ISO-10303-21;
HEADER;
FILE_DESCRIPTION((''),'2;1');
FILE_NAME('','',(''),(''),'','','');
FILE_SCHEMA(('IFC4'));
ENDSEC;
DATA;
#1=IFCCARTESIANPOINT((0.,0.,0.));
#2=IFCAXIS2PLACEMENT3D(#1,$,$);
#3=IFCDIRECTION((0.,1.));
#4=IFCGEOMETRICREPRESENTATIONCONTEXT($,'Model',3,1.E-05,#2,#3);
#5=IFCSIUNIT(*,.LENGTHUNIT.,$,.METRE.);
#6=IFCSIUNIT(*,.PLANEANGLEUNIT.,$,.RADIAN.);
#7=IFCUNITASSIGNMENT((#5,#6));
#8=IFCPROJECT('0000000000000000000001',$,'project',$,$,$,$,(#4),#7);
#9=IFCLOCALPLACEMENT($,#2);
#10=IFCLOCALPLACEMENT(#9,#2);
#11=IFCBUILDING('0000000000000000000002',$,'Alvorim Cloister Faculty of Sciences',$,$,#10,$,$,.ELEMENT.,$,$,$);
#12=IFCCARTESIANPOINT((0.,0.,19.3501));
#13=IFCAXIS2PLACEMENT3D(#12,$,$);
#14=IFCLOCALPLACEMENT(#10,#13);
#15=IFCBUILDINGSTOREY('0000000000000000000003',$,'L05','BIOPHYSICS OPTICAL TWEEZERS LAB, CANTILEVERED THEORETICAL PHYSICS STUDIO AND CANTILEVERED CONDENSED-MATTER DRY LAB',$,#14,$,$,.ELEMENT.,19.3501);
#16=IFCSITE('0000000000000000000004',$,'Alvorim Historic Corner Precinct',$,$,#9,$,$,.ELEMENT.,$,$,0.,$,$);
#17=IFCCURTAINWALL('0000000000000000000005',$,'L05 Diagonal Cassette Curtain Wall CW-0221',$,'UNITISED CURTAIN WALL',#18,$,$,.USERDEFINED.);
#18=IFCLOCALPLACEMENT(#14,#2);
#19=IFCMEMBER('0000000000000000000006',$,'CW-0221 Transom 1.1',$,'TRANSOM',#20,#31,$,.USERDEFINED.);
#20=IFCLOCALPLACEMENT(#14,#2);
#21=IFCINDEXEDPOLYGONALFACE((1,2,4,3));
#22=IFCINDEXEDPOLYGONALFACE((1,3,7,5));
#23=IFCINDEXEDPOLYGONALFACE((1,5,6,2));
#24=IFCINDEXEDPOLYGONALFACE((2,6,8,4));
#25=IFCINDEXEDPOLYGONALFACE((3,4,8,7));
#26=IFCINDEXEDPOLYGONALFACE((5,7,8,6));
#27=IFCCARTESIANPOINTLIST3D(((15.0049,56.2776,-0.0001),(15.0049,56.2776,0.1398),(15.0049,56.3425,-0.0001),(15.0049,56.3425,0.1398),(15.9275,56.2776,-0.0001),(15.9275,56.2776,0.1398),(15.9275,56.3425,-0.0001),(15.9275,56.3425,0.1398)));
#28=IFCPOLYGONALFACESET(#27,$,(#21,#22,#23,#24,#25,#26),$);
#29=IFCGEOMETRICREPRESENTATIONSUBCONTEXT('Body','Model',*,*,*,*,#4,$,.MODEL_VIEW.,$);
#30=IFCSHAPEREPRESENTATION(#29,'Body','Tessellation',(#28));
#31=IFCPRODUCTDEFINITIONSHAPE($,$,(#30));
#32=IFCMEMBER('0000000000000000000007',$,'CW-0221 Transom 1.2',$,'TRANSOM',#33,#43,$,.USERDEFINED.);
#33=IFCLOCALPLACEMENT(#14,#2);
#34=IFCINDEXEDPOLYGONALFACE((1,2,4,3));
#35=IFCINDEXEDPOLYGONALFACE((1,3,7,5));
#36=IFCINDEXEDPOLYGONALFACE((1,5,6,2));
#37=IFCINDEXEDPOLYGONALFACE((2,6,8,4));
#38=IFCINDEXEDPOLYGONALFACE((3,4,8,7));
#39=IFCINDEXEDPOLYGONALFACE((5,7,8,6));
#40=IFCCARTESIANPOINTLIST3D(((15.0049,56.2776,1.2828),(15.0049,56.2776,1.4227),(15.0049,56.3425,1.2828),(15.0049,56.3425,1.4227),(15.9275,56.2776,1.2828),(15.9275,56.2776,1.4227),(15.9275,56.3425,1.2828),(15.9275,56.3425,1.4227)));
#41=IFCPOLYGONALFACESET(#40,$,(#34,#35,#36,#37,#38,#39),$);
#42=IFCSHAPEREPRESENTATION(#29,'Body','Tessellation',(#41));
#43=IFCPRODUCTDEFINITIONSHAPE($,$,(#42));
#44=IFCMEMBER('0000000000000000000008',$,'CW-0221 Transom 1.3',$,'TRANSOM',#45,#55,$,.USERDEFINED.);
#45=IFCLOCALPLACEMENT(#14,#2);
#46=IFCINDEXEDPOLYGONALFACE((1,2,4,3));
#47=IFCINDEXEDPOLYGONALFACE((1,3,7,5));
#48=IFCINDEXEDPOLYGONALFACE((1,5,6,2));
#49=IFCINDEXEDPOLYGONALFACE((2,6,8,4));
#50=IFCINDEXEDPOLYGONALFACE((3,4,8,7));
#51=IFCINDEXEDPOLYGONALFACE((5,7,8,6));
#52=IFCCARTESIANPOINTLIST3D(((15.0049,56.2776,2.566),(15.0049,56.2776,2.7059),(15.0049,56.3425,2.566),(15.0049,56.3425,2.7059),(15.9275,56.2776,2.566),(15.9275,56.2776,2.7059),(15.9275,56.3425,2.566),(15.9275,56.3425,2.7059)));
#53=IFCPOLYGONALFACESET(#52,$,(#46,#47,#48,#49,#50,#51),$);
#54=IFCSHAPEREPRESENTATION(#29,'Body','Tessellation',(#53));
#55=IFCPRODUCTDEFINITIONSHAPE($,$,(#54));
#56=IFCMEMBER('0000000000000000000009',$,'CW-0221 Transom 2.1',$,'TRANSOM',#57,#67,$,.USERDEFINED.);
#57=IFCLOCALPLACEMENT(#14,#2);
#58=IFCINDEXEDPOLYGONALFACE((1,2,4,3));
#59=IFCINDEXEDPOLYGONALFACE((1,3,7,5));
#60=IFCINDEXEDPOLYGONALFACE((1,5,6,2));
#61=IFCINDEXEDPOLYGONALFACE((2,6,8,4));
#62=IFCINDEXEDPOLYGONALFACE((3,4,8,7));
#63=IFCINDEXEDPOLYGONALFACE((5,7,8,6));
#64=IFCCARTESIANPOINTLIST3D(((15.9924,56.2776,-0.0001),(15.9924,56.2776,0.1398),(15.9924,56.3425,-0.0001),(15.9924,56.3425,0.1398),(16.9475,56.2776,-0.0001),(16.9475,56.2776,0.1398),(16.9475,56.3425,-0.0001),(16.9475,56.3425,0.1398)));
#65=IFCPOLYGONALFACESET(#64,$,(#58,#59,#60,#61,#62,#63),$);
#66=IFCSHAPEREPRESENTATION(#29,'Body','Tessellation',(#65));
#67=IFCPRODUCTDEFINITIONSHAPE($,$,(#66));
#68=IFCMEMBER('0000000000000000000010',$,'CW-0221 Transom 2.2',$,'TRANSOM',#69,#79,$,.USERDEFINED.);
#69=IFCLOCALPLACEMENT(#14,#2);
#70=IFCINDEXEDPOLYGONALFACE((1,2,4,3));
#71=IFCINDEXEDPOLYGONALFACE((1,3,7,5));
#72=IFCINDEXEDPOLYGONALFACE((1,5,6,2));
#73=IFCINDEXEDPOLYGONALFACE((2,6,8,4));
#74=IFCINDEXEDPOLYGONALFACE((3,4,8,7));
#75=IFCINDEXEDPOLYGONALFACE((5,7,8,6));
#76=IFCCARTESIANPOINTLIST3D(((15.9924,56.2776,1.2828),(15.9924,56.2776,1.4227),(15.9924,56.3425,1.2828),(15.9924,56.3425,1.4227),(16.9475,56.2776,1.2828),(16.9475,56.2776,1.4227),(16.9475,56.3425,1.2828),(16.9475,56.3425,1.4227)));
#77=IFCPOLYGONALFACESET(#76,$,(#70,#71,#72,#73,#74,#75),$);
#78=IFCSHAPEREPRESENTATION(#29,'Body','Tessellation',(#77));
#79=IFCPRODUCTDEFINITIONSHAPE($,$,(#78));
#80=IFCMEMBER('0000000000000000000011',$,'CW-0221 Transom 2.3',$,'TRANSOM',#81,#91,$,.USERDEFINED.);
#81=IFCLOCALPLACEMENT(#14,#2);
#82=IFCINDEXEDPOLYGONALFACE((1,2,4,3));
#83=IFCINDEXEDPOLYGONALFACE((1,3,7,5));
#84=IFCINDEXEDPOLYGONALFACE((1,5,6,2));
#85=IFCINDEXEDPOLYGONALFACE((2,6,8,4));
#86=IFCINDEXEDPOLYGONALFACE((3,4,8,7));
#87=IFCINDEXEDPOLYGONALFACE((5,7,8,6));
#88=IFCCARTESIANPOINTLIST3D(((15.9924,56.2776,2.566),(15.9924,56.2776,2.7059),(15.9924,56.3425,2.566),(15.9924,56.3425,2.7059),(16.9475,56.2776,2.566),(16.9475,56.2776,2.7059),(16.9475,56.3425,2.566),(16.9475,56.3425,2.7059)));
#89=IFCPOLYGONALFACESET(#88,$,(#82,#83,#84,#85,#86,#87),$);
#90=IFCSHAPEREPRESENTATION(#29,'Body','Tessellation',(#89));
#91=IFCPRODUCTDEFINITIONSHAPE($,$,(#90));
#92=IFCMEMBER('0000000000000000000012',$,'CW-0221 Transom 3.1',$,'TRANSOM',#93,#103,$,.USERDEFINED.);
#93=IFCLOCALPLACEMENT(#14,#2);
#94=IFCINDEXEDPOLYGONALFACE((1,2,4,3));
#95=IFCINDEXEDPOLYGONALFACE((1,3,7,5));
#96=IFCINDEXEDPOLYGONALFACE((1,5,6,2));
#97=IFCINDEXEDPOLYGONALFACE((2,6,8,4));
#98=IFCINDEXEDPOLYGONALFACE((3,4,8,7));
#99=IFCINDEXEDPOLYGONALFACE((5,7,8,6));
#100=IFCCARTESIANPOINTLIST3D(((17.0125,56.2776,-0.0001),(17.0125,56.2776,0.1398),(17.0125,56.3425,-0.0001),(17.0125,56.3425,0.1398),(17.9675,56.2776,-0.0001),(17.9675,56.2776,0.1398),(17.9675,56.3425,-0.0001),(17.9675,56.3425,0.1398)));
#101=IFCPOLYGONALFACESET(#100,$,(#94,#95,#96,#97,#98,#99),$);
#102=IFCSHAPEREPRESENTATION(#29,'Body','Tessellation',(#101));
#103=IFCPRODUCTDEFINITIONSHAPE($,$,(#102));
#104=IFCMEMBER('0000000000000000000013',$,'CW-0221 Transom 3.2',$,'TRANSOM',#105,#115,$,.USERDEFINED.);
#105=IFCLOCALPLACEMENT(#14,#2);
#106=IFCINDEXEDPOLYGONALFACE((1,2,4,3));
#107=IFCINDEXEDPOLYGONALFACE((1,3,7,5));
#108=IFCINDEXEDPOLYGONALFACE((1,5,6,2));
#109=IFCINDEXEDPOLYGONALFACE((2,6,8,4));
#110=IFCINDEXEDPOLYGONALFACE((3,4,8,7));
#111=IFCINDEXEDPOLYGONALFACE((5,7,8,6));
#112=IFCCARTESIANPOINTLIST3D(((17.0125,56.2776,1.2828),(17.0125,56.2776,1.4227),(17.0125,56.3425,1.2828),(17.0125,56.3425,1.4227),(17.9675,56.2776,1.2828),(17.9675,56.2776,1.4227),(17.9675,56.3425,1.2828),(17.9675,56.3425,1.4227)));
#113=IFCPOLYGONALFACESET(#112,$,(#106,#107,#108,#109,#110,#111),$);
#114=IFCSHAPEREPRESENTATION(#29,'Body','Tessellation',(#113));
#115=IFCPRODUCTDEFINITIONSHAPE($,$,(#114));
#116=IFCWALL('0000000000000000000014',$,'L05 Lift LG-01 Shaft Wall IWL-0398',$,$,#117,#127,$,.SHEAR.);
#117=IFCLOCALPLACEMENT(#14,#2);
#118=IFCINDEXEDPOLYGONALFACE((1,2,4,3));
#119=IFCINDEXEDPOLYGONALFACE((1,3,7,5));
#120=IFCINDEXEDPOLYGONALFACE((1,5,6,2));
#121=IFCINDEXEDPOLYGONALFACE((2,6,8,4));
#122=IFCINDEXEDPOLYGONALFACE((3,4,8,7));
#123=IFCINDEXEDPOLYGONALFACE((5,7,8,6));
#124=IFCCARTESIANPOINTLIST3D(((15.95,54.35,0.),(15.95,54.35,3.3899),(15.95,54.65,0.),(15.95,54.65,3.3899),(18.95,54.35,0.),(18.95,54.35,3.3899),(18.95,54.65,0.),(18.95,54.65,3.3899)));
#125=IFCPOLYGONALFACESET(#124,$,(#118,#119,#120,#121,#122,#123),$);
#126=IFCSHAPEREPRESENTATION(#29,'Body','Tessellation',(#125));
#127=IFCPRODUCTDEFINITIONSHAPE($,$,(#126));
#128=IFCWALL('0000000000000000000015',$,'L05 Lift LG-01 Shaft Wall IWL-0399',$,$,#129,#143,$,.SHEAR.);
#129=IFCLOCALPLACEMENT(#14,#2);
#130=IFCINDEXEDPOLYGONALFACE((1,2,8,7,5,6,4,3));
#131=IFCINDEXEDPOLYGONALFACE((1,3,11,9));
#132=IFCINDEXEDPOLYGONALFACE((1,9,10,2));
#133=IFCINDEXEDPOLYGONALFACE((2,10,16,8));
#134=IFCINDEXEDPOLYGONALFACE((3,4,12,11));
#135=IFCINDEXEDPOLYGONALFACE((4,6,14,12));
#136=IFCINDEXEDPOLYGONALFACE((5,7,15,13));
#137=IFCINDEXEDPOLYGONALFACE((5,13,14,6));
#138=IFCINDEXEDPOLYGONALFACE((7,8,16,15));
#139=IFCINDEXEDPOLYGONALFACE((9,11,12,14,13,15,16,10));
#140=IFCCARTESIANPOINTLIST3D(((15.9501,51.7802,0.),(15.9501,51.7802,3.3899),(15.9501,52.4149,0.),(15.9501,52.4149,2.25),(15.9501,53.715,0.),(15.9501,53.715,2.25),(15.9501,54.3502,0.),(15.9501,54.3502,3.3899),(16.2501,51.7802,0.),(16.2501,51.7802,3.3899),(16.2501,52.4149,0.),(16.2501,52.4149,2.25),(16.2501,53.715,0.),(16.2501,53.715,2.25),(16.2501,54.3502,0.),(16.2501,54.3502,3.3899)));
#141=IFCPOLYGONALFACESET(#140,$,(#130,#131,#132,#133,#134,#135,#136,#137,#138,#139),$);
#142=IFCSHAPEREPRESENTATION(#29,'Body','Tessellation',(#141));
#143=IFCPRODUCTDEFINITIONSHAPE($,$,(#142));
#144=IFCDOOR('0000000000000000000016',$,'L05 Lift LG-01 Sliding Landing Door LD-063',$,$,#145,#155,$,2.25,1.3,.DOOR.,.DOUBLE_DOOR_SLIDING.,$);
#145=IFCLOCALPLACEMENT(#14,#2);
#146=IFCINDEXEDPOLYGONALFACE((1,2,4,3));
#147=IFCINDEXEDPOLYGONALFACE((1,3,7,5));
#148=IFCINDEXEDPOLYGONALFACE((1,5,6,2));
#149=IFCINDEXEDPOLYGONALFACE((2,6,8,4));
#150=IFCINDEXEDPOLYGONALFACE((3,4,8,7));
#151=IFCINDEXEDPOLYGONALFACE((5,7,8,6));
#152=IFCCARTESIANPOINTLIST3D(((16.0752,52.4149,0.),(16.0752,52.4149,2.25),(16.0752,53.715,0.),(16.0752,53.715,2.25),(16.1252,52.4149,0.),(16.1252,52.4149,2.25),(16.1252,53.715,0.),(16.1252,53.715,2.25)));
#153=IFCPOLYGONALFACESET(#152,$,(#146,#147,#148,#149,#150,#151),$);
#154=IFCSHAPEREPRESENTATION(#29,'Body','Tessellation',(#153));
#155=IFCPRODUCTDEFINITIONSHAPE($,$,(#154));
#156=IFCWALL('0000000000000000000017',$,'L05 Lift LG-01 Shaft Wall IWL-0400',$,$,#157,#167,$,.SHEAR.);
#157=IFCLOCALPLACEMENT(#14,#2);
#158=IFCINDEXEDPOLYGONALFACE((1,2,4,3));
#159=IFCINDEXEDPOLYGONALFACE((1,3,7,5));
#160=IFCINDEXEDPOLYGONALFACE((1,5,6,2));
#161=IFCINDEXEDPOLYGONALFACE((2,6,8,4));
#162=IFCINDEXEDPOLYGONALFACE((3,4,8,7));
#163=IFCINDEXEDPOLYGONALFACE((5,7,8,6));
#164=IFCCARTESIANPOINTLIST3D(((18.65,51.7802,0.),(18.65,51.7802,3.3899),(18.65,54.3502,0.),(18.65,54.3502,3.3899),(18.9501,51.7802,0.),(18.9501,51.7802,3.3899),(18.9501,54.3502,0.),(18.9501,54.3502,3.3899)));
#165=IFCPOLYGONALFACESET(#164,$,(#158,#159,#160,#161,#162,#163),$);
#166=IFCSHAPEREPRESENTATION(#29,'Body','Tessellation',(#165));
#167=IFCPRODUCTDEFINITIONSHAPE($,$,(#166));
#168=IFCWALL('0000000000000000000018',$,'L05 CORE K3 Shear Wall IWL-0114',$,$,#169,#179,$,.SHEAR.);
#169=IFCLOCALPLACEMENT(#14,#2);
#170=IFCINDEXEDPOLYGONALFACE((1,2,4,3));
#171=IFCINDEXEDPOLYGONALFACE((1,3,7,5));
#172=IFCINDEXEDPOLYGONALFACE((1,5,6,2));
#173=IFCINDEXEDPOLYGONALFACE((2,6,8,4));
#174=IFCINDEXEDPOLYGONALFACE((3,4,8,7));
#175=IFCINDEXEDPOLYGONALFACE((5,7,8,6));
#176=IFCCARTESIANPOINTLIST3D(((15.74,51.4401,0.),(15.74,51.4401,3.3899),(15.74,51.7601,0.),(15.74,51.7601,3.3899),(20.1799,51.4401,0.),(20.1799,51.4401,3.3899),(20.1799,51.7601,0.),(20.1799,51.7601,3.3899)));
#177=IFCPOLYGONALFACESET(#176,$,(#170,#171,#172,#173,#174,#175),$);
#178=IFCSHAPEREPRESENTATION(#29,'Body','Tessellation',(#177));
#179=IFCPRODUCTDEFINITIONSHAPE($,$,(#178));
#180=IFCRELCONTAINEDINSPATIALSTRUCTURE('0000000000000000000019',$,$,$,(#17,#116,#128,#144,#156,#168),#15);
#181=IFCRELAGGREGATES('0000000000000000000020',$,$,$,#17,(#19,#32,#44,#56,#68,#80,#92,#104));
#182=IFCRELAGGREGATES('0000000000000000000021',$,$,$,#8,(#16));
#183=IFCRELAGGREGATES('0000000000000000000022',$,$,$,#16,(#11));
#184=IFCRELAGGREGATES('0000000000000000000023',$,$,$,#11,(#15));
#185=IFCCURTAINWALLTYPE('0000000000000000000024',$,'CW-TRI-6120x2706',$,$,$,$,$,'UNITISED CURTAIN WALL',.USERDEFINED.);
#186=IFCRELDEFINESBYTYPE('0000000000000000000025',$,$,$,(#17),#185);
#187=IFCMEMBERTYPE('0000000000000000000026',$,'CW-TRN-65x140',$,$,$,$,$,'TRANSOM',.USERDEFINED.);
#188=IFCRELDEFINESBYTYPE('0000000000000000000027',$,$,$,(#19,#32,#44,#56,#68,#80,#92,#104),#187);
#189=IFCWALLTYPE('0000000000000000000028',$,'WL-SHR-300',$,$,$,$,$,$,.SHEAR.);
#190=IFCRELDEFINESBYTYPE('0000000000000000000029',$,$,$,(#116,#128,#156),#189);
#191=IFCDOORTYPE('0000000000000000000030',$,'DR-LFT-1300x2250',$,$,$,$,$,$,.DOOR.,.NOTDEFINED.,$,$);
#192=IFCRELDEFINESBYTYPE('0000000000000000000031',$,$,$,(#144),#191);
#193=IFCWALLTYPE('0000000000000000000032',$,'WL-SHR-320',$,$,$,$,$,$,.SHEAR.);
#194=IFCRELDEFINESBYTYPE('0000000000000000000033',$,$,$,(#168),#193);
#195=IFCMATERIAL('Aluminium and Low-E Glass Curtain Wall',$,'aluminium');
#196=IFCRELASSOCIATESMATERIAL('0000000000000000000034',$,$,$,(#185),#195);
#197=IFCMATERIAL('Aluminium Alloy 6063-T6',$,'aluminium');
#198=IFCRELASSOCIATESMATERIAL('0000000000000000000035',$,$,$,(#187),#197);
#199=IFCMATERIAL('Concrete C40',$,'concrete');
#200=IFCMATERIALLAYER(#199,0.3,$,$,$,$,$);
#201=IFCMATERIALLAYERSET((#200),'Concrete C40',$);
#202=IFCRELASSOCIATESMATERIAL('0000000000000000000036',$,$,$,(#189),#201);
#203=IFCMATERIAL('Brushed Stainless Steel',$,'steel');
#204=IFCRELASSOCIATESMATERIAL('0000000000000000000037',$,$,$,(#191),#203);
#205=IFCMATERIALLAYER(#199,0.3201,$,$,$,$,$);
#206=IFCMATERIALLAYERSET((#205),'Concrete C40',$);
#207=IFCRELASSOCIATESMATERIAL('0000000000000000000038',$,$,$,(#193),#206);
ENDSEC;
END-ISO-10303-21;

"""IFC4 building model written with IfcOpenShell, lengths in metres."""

from ifc_helpers import new_model, si_unit, direction, frame, frame_2d, origin, origin_2d, place, context, subcontext, project, spatial, rectangle, extrude, material, layer, layer_set, material_profile, profile_set, type_object, element, fill, aggregate, save


model = new_model("IFC4")

# Units and contexts
model_context = context("Model", 3, precision=1e-05, world=origin(), true_north=direction((0.0, 1.0)))
body_context = subcontext(model_context, "Body", "Model", "MODEL_VIEW")
ifc_project = project(units=[si_unit("LENGTHUNIT", "METRE"), si_unit("PLANEANGLEUNIT", "RADIAN")], contexts=[model_context])

# Site, building, storey
site_placement = place(None, origin())
site = spatial("IfcSite", under=ifc_project, at=site_placement, Name="Alvorim Historic Corner Precinct", CompositionType="ELEMENT", RefElevation=0.0)
building_placement = place(site_placement, origin())
building = spatial("IfcBuilding", under=site, at=building_placement, Name="Alvorim Cloister Faculty of Sciences", CompositionType="ELEMENT")
storey_placement = place(building_placement, frame((0.0, 0.0, 19.3501)))
storey = spatial("IfcBuildingStorey", under=building, at=storey_placement, Name="L05", Description="BIOPHYSICS OPTICAL TWEEZERS LAB, CANTILEVERED THEORETICAL PHYSICS STUDIO AND CANTILEVERED CONDENSED-MATTER DRY LAB", CompositionType="ELEMENT", Elevation=19.3501)

# Curtain wall
ifc_material_1 = material(Name="Aluminium and Low-E Glass Curtain Wall", Category="aluminium")
curtain_wall_type = type_object("IfcCurtainWallType", Name="CW-TRI-6120x2706", ElementType="UNITISED CURTAIN WALL", PredefinedType="USERDEFINED", material=ifc_material_1)
ifc_material_2 = material(Name="Aluminium Alloy 6063-T6", Category="aluminium")
curtain_wall_1_placement = place(storey_placement, origin())
curtain_wall_1 = element("IfcCurtainWall", 1, at=curtain_wall_1_placement, inside=storey, type_object=curtain_wall_type, Name="L05 Diagonal Cassette Curtain Wall CW-0221", ObjectType="UNITISED CURTAIN WALL", PredefinedType="USERDEFINED")

# Members
ifc_material_profile_1 = material_profile(ifc_material_2, rectangle(XDim=0.0649, YDim=0.1399, at=origin_2d()), Name="ALU-TRN-65x140")
ifc_profile_set_1 = profile_set([ifc_material_profile_1], Name="Aluminium Alloy 6063-T6")
member_type_1 = type_object("IfcMemberType", Name="CW-TRN-65x140", ElementType="TRANSOM", PredefinedType="USERDEFINED", material=ifc_profile_set_1)
member_1_placement = place(storey_placement, frame((15.0049, 56.3101, 0.0698), z_axis=(1.0, 0.0, 0.0), x_axis=(0.0, 1.0, 0.0)))
member_1 = element("IfcMember", 2, at=member_1_placement, type_object=member_type_1, Name="CW-0221 Transom 1.1", ObjectType="TRANSOM", PredefinedType="USERDEFINED", context=body_context, shape_type="SweptSolid", body=[
    extrude(rectangle(XDim=0.0649, YDim=0.1399, at=origin_2d()), origin(), (0.0, 0.0, 1.0), 0.9226),
])
member_2_placement = place(storey_placement, frame((15.0049, 56.3101, 1.3528), z_axis=(1.0, 0.0, 0.0), x_axis=(0.0, 1.0, 0.0)))
member_2 = element("IfcMember", 3, at=member_2_placement, type_object=member_type_1, Name="CW-0221 Transom 1.2", ObjectType="TRANSOM", PredefinedType="USERDEFINED", context=body_context, shape_type="SweptSolid", body=[
    extrude(rectangle(XDim=0.0649, YDim=0.1399, at=origin_2d()), origin(), (0.0, 0.0, 1.0), 0.9226),
])
member_3_placement = place(storey_placement, frame((15.0049, 56.3101, 2.636), z_axis=(1.0, 0.0, 0.0), x_axis=(0.0, 1.0, 0.0)))
member_3 = element("IfcMember", 4, at=member_3_placement, type_object=member_type_1, Name="CW-0221 Transom 1.3", ObjectType="TRANSOM", PredefinedType="USERDEFINED", context=body_context, shape_type="SweptSolid", body=[
    extrude(rectangle(XDim=0.0649, YDim=0.1399, at=origin_2d()), origin(), (0.0, 0.0, 1.0), 0.9226),
])
member_4_placement = place(storey_placement, frame((15.9924, 56.3101, 0.0698), z_axis=(1.0, 0.0, 0.0), x_axis=(0.0, 1.0, 0.0)))
member_4 = element("IfcMember", 5, at=member_4_placement, type_object=member_type_1, Name="CW-0221 Transom 2.1", ObjectType="TRANSOM", PredefinedType="USERDEFINED", context=body_context, shape_type="SweptSolid", body=[
    extrude(rectangle(XDim=0.0649, YDim=0.1399, at=origin_2d()), origin(), (0.0, 0.0, 1.0), 0.9551),
])
member_5_placement = place(storey_placement, frame((15.9924, 56.3101, 1.3528), z_axis=(1.0, 0.0, 0.0), x_axis=(0.0, 1.0, 0.0)))
member_5 = element("IfcMember", 6, at=member_5_placement, type_object=member_type_1, Name="CW-0221 Transom 2.2", ObjectType="TRANSOM", PredefinedType="USERDEFINED", context=body_context, shape_type="SweptSolid", body=[
    extrude(rectangle(XDim=0.0649, YDim=0.1399, at=origin_2d()), origin(), (0.0, 0.0, 1.0), 0.9551),
])
member_6_placement = place(storey_placement, frame((15.9924, 56.3101, 2.636), z_axis=(1.0, 0.0, 0.0), x_axis=(0.0, 1.0, 0.0)))
member_6 = element("IfcMember", 7, at=member_6_placement, type_object=member_type_1, Name="CW-0221 Transom 2.3", ObjectType="TRANSOM", PredefinedType="USERDEFINED", context=body_context, shape_type="SweptSolid", body=[
    extrude(rectangle(XDim=0.0649, YDim=0.1399, at=origin_2d()), origin(), (0.0, 0.0, 1.0), 0.9551),
])
member_7_placement = place(storey_placement, frame((17.0125, 56.3101, 0.0698), z_axis=(1.0, 0.0, 0.0), x_axis=(0.0, 1.0, 0.0)))
member_7 = element("IfcMember", 8, at=member_7_placement, type_object=member_type_1, Name="CW-0221 Transom 3.1", ObjectType="TRANSOM", PredefinedType="USERDEFINED", context=body_context, shape_type="SweptSolid", body=[
    extrude(rectangle(XDim=0.0649, YDim=0.1399, at=origin_2d()), origin(), (0.0, 0.0, 1.0), 0.9551),
])
member_8_placement = place(storey_placement, frame((17.0125, 56.3101, 1.3528), z_axis=(1.0, 0.0, 0.0), x_axis=(0.0, 1.0, 0.0)))
member_8 = element("IfcMember", 9, at=member_8_placement, type_object=member_type_1, Name="CW-0221 Transom 3.2", ObjectType="TRANSOM", PredefinedType="USERDEFINED", context=body_context, shape_type="SweptSolid", body=[
    extrude(rectangle(XDim=0.0649, YDim=0.1399, at=origin_2d()), origin(), (0.0, 0.0, 1.0), 0.9551),
])
aggregate(curtain_wall_1, [member_1, member_2, member_3, member_4, member_5, member_6, member_7, member_8])

# Wall
ifc_material_3 = material(Name="Concrete C40", Category="concrete")
ifc_layer_1 = layer(ifc_material_3, 0.3)
ifc_layer_set_1 = layer_set([ifc_layer_1], Name="Concrete C40")
wall_type_1 = type_object("IfcWallType", Name="WL-SHR-300", PredefinedType="SHEAR", material=ifc_layer_set_1)
wall_1_placement = place(storey_placement, frame((15.95, 54.5, 0.0), z_axis=(0.0, 0.0, 1.0), x_axis=(1.0, 0.0, 0.0)))
element("IfcWall", 10, at=wall_1_placement, inside=storey, type_object=wall_type_1, Name="L05 Lift LG-01 Shaft Wall IWL-0398", PredefinedType="SHEAR", context=body_context, shape_type="SweptSolid", body=[
    extrude(rectangle(XDim=3.0, YDim=0.3, at=frame_2d((1.5, 0.0))), origin(), (0.0, 0.0, 1.0), 3.3899),
])

# Wall, opening, door
wall_2_placement = place(storey_placement, frame((16.1001, 51.78, 0.0), z_axis=(0.0, 0.0, 1.0), x_axis=(0.0, 1.0, 0.0)))
wall_2 = element("IfcWall", 11, at=wall_2_placement, inside=storey, type_object=wall_type_1, Name="L05 Lift LG-01 Shaft Wall IWL-0399", PredefinedType="SHEAR", context=body_context, shape_type="SweptSolid", body=[
    extrude(rectangle(XDim=2.5701, YDim=0.3, at=frame_2d((1.2852, 0.0))), origin(), (0.0, 0.0, 1.0), 3.3899),
])
opening_placement = place(wall_2_placement, frame((0.635, 0.0, 0.0)))
opening = element("IfcOpeningElement", 12, at=opening_placement, cuts=wall_2, PredefinedType="OPENING", context=body_context, shape_type="SweptSolid", body=[
    extrude(rectangle(XDim=1.3, YDim=2.25, at=frame_2d((0.6499, 1.125))), frame((0.0, 0.1621, 0.0), z_axis=(0.0, -1.0, 0.0), x_axis=(1.0, 0.0, 0.0)), (0.0, 0.0, 1.0), 0.324),
])
ifc_material_4 = material(Name="Brushed Stainless Steel", Category="steel")
door_type = type_object("IfcDoorType", Name="DR-LFT-1300x2250", OperationType="NOTDEFINED", PredefinedType="DOOR", material=ifc_material_4)
door_placement = place(opening_placement, origin())
door = element("IfcDoor", 13, at=door_placement, inside=storey, type_object=door_type, Name="L05 Lift LG-01 Sliding Landing Door LD-063", OperationType="DOUBLE_DOOR_SLIDING", OverallHeight=2.25, OverallWidth=1.3, PredefinedType="DOOR", context=body_context, shape_type="SweptSolid", body=[
    extrude(rectangle(XDim=1.3, YDim=2.25, at=frame_2d((0.6499, 1.125))), frame((0.0, 0.0249, 0.0), z_axis=(0.0, -1.0, 0.0), x_axis=(1.0, 0.0, 0.0)), (0.0, 0.0, 1.0), 0.05),
])
fill(opening, door)

# Walls
wall_3_placement = place(storey_placement, frame((18.8, 51.78, 0.0), z_axis=(0.0, 0.0, 1.0), x_axis=(0.0, 1.0, 0.0)))
element("IfcWall", 14, at=wall_3_placement, inside=storey, type_object=wall_type_1, Name="L05 Lift LG-01 Shaft Wall IWL-0400", PredefinedType="SHEAR", context=body_context, shape_type="SweptSolid", body=[
    extrude(rectangle(XDim=2.5701, YDim=0.3, at=frame_2d((1.2852, 0.0))), origin(), (0.0, 0.0, 1.0), 3.3899),
])
ifc_layer_2 = layer(ifc_material_3, 0.3201)
ifc_layer_set_2 = layer_set([ifc_layer_2], Name="Concrete C40")
wall_type_2 = type_object("IfcWallType", Name="WL-SHR-320", PredefinedType="SHEAR", material=ifc_layer_set_2)
wall_4_placement = place(storey_placement, frame((15.74, 51.6001, 0.0), z_axis=(0.0, 0.0, 1.0), x_axis=(1.0, 0.0, 0.0)))
element("IfcWall", 15, at=wall_4_placement, inside=storey, type_object=wall_type_2, Name="L05 CORE K3 Shear Wall IWL-0114", PredefinedType="SHEAR", context=body_context, shape_type="SweptSolid", body=[
    extrude(rectangle(XDim=4.4399, YDim=0.3201, at=frame_2d((2.22, 0.0))), origin(), (0.0, 0.0, 1.0), 3.3899),
])

save(model, "model.ifc")
